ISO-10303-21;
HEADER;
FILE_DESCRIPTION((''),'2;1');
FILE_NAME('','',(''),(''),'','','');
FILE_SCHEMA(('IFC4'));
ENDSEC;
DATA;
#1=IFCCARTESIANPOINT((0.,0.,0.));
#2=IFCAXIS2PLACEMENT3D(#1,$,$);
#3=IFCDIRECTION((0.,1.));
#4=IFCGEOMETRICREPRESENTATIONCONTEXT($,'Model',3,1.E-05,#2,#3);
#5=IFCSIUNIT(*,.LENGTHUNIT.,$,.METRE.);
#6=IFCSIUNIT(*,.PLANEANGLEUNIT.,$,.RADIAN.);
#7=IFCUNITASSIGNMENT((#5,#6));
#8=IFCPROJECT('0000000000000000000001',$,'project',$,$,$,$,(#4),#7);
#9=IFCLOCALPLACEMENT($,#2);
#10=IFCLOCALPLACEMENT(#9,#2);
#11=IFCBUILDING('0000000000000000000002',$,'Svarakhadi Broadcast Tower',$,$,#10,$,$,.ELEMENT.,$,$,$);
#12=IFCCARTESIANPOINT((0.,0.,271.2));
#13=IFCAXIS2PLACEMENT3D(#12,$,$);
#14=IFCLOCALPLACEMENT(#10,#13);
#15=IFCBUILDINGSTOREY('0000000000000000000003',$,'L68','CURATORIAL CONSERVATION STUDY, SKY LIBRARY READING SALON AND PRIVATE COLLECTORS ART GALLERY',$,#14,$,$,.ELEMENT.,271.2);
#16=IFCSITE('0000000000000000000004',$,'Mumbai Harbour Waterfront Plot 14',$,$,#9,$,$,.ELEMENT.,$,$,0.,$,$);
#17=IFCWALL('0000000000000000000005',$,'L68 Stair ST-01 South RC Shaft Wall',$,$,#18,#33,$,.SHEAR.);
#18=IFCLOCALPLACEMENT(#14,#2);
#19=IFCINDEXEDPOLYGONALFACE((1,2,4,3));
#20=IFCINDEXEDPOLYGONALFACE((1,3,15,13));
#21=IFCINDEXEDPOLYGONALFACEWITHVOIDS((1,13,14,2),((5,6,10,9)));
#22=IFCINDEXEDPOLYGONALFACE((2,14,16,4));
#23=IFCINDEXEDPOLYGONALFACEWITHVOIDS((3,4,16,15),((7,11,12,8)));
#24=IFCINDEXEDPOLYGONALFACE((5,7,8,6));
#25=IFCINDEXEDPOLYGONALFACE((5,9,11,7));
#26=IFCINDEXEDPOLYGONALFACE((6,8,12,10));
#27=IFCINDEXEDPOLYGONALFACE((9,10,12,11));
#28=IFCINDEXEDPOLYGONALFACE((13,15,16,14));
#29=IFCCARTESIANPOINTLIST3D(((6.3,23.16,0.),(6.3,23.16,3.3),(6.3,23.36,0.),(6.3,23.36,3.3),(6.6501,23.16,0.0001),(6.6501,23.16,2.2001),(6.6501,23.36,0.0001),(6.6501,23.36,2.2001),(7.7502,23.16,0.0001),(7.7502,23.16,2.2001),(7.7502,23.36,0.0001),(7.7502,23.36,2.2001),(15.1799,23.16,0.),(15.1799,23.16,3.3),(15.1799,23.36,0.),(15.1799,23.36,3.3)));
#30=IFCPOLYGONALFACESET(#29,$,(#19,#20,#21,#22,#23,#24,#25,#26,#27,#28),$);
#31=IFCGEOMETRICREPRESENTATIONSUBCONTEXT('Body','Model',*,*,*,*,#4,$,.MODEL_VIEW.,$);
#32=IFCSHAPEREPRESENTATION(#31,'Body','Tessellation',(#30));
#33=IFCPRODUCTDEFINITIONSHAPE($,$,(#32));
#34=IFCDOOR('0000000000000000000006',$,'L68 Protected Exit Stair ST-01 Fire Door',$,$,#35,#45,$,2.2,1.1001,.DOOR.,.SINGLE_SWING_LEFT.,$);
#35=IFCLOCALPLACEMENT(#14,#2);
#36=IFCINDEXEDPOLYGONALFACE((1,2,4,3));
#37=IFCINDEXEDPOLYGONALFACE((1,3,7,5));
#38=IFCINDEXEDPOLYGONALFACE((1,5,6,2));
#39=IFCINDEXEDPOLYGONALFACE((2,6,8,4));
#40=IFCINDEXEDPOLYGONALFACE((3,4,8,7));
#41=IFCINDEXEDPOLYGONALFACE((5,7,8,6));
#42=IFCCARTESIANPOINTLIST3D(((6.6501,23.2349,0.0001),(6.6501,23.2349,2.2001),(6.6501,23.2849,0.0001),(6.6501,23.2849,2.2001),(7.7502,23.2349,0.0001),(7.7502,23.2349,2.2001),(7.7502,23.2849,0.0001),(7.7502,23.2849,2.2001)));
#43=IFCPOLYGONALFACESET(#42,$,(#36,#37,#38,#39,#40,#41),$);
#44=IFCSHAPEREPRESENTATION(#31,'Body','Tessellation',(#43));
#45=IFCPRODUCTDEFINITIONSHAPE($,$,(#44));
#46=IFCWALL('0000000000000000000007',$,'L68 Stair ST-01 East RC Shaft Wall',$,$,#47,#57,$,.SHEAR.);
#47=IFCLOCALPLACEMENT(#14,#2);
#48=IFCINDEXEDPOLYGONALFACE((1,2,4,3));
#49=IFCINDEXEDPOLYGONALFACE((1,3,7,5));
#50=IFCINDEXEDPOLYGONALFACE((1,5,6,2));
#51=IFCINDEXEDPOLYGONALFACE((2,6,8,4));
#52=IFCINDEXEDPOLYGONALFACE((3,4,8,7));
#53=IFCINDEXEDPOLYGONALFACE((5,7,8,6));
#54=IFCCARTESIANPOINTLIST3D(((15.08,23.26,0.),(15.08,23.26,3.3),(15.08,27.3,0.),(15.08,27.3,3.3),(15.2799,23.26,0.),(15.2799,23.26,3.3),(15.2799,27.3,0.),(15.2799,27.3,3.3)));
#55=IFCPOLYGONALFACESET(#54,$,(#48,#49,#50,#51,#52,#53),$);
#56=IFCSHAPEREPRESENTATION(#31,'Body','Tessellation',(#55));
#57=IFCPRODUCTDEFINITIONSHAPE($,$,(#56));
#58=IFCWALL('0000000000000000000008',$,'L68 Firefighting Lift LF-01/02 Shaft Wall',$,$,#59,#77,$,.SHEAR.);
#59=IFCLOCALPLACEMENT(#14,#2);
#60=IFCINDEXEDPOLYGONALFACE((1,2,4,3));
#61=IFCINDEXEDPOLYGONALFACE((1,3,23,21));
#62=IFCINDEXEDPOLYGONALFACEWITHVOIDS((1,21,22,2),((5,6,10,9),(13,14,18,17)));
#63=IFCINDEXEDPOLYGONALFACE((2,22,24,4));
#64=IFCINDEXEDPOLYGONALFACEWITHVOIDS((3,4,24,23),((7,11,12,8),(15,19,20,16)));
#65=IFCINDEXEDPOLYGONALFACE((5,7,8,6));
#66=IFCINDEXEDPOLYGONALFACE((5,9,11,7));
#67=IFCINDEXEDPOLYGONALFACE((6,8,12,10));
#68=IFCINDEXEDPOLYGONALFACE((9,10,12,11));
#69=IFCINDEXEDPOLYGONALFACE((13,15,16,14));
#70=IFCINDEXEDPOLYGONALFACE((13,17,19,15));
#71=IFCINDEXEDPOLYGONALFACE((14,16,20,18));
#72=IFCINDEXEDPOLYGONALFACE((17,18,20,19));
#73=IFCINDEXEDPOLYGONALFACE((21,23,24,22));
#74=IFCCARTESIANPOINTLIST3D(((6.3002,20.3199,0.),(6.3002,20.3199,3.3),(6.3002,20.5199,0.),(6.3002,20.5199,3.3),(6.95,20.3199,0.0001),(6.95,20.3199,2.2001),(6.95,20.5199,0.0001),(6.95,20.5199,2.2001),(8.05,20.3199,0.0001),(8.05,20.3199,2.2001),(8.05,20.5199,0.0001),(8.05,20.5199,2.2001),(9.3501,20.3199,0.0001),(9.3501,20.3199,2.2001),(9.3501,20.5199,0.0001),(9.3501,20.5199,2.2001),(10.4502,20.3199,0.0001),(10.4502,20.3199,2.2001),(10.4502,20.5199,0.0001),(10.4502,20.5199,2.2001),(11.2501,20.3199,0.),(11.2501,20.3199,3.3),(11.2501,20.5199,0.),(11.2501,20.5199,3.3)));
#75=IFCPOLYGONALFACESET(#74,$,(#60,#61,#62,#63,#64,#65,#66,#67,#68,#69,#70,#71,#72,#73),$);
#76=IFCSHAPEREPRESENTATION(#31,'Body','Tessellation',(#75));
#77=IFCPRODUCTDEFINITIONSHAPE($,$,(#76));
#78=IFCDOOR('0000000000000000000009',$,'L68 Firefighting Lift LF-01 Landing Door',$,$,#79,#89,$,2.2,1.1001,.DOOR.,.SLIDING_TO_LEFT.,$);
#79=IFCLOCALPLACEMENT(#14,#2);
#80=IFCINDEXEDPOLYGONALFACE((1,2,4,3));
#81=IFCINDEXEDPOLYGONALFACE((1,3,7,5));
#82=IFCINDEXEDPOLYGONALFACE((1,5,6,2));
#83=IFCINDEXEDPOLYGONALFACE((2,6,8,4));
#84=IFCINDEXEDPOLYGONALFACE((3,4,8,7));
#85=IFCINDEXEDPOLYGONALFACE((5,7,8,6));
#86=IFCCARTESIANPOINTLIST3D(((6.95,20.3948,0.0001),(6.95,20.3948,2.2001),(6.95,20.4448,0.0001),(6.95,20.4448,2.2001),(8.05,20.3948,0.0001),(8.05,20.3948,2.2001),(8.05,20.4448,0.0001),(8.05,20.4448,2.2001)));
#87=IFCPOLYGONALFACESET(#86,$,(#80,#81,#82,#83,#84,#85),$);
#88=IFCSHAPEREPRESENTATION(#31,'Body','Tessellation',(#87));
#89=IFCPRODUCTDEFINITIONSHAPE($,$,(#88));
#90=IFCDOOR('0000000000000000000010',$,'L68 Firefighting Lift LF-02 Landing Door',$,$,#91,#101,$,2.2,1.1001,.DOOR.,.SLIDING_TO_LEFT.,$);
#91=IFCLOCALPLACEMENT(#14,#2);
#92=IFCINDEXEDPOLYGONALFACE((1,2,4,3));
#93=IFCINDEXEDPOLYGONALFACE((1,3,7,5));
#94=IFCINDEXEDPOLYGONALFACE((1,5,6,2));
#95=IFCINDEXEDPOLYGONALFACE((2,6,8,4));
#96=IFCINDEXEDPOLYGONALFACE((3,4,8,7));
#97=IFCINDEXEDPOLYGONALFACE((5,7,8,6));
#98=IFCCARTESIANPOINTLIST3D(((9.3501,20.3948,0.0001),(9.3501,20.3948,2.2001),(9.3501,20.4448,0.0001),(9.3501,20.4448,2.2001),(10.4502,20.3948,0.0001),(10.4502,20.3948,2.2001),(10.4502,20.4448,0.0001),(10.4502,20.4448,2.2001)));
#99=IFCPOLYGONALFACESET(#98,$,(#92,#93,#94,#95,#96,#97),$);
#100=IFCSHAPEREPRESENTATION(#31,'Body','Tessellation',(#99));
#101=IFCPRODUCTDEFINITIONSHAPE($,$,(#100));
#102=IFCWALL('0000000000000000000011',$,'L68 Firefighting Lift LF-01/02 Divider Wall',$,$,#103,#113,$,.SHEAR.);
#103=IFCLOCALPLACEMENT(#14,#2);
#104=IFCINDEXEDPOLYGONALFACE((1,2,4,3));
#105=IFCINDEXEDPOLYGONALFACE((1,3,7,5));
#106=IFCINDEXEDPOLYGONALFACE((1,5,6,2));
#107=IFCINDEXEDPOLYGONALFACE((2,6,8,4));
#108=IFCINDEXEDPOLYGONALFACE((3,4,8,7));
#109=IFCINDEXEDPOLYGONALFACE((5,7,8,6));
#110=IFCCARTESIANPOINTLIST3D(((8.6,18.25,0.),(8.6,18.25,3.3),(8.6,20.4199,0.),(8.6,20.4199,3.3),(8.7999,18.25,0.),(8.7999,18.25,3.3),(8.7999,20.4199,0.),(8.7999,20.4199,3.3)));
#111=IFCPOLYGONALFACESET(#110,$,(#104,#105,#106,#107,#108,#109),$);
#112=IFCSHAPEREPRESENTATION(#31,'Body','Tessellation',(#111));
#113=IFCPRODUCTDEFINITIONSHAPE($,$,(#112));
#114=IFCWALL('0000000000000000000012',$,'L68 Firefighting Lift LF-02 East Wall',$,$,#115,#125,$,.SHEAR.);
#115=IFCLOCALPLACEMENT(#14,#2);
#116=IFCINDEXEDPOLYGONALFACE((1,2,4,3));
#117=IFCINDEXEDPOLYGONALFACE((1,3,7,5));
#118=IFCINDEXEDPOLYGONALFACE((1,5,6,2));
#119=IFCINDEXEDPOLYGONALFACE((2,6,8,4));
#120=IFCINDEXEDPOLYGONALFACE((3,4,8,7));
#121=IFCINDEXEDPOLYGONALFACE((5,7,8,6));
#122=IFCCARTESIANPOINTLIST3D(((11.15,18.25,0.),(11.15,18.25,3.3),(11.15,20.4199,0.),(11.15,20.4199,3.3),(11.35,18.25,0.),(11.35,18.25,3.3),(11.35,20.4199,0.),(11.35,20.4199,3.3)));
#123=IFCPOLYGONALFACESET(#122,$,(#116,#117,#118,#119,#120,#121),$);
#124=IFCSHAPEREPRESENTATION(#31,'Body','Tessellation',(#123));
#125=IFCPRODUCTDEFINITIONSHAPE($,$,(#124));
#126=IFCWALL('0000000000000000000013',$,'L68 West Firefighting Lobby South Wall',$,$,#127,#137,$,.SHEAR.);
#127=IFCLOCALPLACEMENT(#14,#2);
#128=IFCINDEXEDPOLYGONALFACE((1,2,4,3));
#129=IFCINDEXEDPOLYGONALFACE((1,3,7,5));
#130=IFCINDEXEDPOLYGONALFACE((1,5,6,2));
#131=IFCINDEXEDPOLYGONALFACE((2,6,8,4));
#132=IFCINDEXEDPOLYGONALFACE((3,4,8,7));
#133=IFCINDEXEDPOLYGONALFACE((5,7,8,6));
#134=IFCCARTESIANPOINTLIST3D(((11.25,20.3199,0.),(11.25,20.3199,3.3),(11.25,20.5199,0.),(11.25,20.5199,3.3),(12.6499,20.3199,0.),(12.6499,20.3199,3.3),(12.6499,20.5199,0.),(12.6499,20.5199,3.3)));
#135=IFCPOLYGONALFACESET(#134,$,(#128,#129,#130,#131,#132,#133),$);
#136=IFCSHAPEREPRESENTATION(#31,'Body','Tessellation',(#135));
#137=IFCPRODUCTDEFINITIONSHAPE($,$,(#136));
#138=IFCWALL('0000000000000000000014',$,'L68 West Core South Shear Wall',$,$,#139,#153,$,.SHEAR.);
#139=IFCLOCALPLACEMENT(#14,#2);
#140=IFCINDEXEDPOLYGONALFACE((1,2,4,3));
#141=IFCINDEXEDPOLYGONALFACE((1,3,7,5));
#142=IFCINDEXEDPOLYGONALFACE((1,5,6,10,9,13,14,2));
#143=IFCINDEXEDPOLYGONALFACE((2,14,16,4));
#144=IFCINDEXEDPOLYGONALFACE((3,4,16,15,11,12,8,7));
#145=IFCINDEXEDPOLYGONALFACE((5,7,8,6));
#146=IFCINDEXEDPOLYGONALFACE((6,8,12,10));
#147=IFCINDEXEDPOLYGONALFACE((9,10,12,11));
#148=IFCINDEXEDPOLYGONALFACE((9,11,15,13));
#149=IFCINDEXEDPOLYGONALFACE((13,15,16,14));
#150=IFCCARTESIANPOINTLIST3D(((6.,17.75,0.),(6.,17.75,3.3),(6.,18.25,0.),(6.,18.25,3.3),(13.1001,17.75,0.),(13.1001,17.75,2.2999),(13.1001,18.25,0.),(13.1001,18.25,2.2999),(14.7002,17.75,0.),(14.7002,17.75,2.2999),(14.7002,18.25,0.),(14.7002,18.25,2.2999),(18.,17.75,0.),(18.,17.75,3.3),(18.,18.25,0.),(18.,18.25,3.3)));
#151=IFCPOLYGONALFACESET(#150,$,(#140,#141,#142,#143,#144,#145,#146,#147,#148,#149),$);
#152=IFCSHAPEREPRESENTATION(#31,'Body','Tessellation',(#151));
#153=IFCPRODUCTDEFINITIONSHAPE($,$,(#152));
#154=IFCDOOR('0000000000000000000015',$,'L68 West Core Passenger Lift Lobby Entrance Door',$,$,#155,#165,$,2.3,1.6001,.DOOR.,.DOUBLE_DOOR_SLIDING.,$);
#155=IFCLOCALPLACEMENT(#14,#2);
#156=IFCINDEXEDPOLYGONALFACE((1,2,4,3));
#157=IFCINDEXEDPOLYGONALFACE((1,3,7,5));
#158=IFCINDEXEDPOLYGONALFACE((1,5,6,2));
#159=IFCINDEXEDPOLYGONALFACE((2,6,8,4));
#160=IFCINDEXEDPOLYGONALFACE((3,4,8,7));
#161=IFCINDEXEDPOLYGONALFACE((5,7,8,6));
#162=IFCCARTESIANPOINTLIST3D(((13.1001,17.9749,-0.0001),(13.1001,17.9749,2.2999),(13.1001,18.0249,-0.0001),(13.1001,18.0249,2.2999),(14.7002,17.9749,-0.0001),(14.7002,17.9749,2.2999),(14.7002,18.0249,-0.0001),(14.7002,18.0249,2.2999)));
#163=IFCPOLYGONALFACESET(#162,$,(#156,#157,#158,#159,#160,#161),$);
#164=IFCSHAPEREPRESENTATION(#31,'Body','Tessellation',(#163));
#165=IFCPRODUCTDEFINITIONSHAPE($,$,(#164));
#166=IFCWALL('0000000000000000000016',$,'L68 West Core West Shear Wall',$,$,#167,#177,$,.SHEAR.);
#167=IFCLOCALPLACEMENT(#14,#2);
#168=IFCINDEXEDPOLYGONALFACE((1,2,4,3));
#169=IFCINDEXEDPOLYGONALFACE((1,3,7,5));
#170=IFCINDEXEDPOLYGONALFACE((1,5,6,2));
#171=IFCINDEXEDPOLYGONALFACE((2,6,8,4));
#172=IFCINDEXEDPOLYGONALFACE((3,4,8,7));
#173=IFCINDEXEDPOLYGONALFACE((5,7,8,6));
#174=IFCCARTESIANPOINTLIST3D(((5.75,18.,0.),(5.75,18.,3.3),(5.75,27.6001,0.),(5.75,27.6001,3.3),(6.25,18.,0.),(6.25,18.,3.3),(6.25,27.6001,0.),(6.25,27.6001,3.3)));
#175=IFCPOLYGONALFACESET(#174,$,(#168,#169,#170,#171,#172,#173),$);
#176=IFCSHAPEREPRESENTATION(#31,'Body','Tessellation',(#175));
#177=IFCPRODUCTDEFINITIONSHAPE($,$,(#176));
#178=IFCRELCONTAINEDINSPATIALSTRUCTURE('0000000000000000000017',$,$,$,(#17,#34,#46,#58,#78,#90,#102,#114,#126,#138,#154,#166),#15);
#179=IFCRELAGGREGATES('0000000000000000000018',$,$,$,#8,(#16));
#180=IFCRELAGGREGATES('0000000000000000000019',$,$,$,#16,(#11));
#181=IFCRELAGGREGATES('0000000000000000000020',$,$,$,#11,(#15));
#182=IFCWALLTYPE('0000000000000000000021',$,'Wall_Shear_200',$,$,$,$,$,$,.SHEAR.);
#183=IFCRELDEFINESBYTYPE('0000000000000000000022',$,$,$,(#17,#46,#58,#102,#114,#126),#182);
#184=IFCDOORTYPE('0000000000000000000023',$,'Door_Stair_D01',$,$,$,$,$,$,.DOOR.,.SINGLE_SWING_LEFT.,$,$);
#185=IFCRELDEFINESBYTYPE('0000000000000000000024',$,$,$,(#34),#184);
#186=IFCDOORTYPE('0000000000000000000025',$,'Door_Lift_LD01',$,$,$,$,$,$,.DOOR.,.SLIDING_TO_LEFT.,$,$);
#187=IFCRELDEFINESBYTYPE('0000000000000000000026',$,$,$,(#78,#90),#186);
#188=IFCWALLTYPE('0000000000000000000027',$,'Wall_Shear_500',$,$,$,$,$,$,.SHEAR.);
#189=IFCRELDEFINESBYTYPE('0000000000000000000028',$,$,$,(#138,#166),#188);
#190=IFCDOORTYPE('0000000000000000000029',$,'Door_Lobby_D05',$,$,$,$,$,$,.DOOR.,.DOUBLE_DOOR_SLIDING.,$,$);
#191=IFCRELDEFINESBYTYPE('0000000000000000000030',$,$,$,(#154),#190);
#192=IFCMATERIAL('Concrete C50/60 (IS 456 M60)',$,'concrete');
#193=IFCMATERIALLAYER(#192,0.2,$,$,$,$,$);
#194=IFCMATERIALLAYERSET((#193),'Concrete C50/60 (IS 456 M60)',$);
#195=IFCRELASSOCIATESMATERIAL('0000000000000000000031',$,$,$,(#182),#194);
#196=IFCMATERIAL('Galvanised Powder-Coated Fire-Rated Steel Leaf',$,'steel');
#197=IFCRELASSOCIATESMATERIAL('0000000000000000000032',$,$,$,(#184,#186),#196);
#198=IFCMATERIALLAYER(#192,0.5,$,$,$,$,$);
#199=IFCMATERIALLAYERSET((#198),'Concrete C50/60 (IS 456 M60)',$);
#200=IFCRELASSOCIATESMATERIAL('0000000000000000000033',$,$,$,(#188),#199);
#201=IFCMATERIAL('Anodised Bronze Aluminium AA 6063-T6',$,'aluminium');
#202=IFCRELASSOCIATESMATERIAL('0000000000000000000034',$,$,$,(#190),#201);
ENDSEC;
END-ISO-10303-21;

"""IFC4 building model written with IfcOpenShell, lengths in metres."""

from ifc_helpers import new_model, si_unit, direction, frame, frame_2d, origin, place, context, subcontext, project, spatial, rectangle, extrude, material, layer, layer_set, type_object, element, fill, save


model = new_model("IFC4")

# Units and contexts
model_context = context("Model", 3, precision=1e-05, world=origin(), true_north=direction((0.0, 1.0)))
body_context = subcontext(model_context, "Body", "Model", "MODEL_VIEW")
ifc_project = project(units=[si_unit("LENGTHUNIT", "METRE"), si_unit("PLANEANGLEUNIT", "RADIAN")], contexts=[model_context])

# Site, building, storey
site_placement = place(None, origin())
site = spatial("IfcSite", under=ifc_project, at=site_placement, Name="Mumbai Harbour Waterfront Plot 14", CompositionType="ELEMENT", RefElevation=0.0)
building_placement = place(site_placement, origin())
building = spatial("IfcBuilding", under=site, at=building_placement, Name="Svarakhadi Broadcast Tower", CompositionType="ELEMENT")
storey_placement = place(building_placement, frame((0.0, 0.0, 271.2)))
storey = spatial("IfcBuildingStorey", under=building, at=storey_placement, Name="L68", Description="CURATORIAL CONSERVATION STUDY, SKY LIBRARY READING SALON AND PRIVATE COLLECTORS ART GALLERY", CompositionType="ELEMENT", Elevation=271.2)

# Shared definitions
ifc_material_1 = material(Name="Concrete C50/60 (IS 456 M60)", Category="concrete")

# Wall, opening, door
ifc_layer_1 = layer(ifc_material_1, 0.2)
ifc_layer_set_1 = layer_set([ifc_layer_1], Name="Concrete C50/60 (IS 456 M60)")
wall_type_1 = type_object("IfcWallType", Name="Wall_Shear_200", PredefinedType="SHEAR", material=ifc_layer_set_1)
wall_1_placement = place(storey_placement, frame((6.3, 23.26, 0.0), z_axis=(0.0, 0.0, 1.0), x_axis=(1.0, 0.0, 0.0)))
wall_1 = element("IfcWall", 1, at=wall_1_placement, inside=storey, type_object=wall_type_1, Name="L68 Stair ST-01 South RC Shaft Wall", PredefinedType="SHEAR", context=body_context, shape_type="SweptSolid", body=[
    extrude(rectangle(XDim=8.8799, YDim=0.2, at=frame_2d((4.4399, 0.0))), origin(), (0.0, 0.0, 1.0), 3.3),
])
opening_1_placement = place(wall_1_placement, frame((0.3501, 0.0, 0.0)))
opening_1 = element("IfcOpeningElement", 2, at=opening_1_placement, cuts=wall_1, PredefinedType="OPENING", context=body_context, shape_type="SweptSolid", body=[
    extrude(rectangle(XDim=1.1001, YDim=2.2, at=frame_2d((0.55, 1.1001))), frame((0.0, 0.1099, 0.0), z_axis=(0.0, -1.0, 0.0), x_axis=(1.0, 0.0, 0.0)), (0.0, 0.0, 1.0), 0.22),
])
ifc_material_2 = material(Name="Galvanised Powder-Coated Fire-Rated Steel Leaf", Category="steel")
door_type_1 = type_object("IfcDoorType", Name="Door_Stair_D01", OperationType="SINGLE_SWING_LEFT", PredefinedType="DOOR", material=ifc_material_2)
door_1_placement = place(opening_1_placement, origin())
door_1 = element("IfcDoor", 3, at=door_1_placement, inside=storey, type_object=door_type_1, Name="L68 Protected Exit Stair ST-01 Fire Door", OperationType="SINGLE_SWING_LEFT", OverallHeight=2.2, OverallWidth=1.1001, PredefinedType="DOOR", context=body_context, shape_type="SweptSolid", body=[
    extrude(rectangle(XDim=1.1001, YDim=2.2, at=frame_2d((0.55, 1.1001))), frame((0.0, 0.0249, 0.0), z_axis=(0.0, -1.0, 0.0), x_axis=(1.0, 0.0, 0.0)), (0.0, 0.0, 1.0), 0.05),
])
fill(opening_1, door_1)

# Wall
wall_2_placement = place(storey_placement, frame((15.1799, 23.26, 0.0), z_axis=(0.0, 0.0, 1.0), x_axis=(0.0, 1.0, 0.0)))
element("IfcWall", 4, at=wall_2_placement, inside=storey, type_object=wall_type_1, Name="L68 Stair ST-01 East RC Shaft Wall", PredefinedType="SHEAR", context=body_context, shape_type="SweptSolid", body=[
    extrude(rectangle(XDim=4.04, YDim=0.2, at=frame_2d((2.02, 0.0))), origin(), (0.0, 0.0, 1.0), 3.3),
])

# Wall, openings, doors
wall_3_placement = place(storey_placement, frame((6.3, 20.4199, 0.0), z_axis=(0.0, 0.0, 1.0), x_axis=(1.0, 0.0, 0.0)))
wall_3 = element("IfcWall", 5, at=wall_3_placement, inside=storey, type_object=wall_type_1, Name="L68 Firefighting Lift LF-01/02 Shaft Wall", PredefinedType="SHEAR", context=body_context, shape_type="SweptSolid", body=[
    extrude(rectangle(XDim=4.95, YDim=0.2, at=frame_2d((2.4751, 0.0))), origin(), (0.0, 0.0, 1.0), 3.3),
])
opening_2_placement = place(wall_3_placement, frame((0.6499, 0.0, 0.0)))
opening_2 = element("IfcOpeningElement", 6, at=opening_2_placement, cuts=wall_3, PredefinedType="OPENING", context=body_context, shape_type="SweptSolid", body=[
    extrude(rectangle(XDim=1.1001, YDim=2.2, at=frame_2d((0.55, 1.1001))), frame((0.0, 0.1099, 0.0), z_axis=(0.0, -1.0, 0.0), x_axis=(1.0, 0.0, 0.0)), (0.0, 0.0, 1.0), 0.22),
])
opening_3_placement = place(wall_3_placement, frame((3.05, 0.0, 0.0)))
opening_3 = element("IfcOpeningElement", 7, at=opening_3_placement, cuts=wall_3, PredefinedType="OPENING", context=body_context, shape_type="SweptSolid", body=[
    extrude(rectangle(XDim=1.1001, YDim=2.2, at=frame_2d((0.55, 1.1001))), frame((0.0, 0.1099, 0.0), z_axis=(0.0, -1.0, 0.0), x_axis=(1.0, 0.0, 0.0)), (0.0, 0.0, 1.0), 0.22),
])
door_type_2 = type_object("IfcDoorType", Name="Door_Lift_LD01", OperationType="SLIDING_TO_LEFT", PredefinedType="DOOR", material=ifc_material_2)
door_2_placement = place(opening_2_placement, origin())
door_2 = element("IfcDoor", 8, at=door_2_placement, inside=storey, type_object=door_type_2, Name="L68 Firefighting Lift LF-01 Landing Door", OperationType="SLIDING_TO_LEFT", OverallHeight=2.2, OverallWidth=1.1001, PredefinedType="DOOR", context=body_context, shape_type="SweptSolid", body=[
    extrude(rectangle(XDim=1.1001, YDim=2.2, at=frame_2d((0.55, 1.1001))), frame((0.0, 0.0249, 0.0), z_axis=(0.0, -1.0, 0.0), x_axis=(1.0, 0.0, 0.0)), (0.0, 0.0, 1.0), 0.05),
])
fill(opening_2, door_2)
door_3_placement = place(opening_3_placement, origin())
door_3 = element("IfcDoor", 9, at=door_3_placement, inside=storey, type_object=door_type_2, Name="L68 Firefighting Lift LF-02 Landing Door", OperationType="SLIDING_TO_LEFT", OverallHeight=2.2, OverallWidth=1.1001, PredefinedType="DOOR", context=body_context, shape_type="SweptSolid", body=[
    extrude(rectangle(XDim=1.1001, YDim=2.2, at=frame_2d((0.55, 1.1001))), frame((0.0, 0.0249, 0.0), z_axis=(0.0, -1.0, 0.0), x_axis=(1.0, 0.0, 0.0)), (0.0, 0.0, 1.0), 0.05),
])
fill(opening_3, door_3)

# Walls
for number, where, z_axis, x_axis, name in (
    (10, (8.7, 18.25, 0.0), (0.0, 0.0, 1.0), (0.0, 1.0, 0.0), "L68 Firefighting Lift LF-01/02 Divider Wall"),
    (11, (11.25, 18.25, 0.0), (0.0, 0.0, 1.0), (0.0, 1.0, 0.0), "L68 Firefighting Lift LF-02 East Wall"),
):
    element("IfcWall", number, at=place(storey_placement, frame(where, z_axis=z_axis, x_axis=x_axis)), inside=storey, type_object=wall_type_1, Name=name, PredefinedType="SHEAR", context=body_context, shape_type="SweptSolid", body=[
        extrude(rectangle(XDim=2.1699, YDim=0.2, at=frame_2d((1.085, 0.0))), origin(), (0.0, 0.0, 1.0), 3.3),
    ])
wall_4_placement = place(storey_placement, frame((11.25, 20.4199, 0.0), z_axis=(0.0, 0.0, 1.0), x_axis=(1.0, 0.0, 0.0)))
element("IfcWall", 12, at=wall_4_placement, inside=storey, type_object=wall_type_1, Name="L68 West Firefighting Lobby South Wall", PredefinedType="SHEAR", context=body_context, shape_type="SweptSolid", body=[
    extrude(rectangle(XDim=1.3999, YDim=0.2, at=frame_2d((0.7, 0.0))), origin(), (0.0, 0.0, 1.0), 3.3),
])

# Wall, opening, door
ifc_layer_2 = layer(ifc_material_1, 0.5)
ifc_layer_set_2 = layer_set([ifc_layer_2], Name="Concrete C50/60 (IS 456 M60)")
wall_type_2 = type_object("IfcWallType", Name="Wall_Shear_500", PredefinedType="SHEAR", material=ifc_layer_set_2)
wall_5_placement = place(storey_placement, frame((6.0, 18.0, 0.0), z_axis=(0.0, 0.0, 1.0), x_axis=(1.0, 0.0, 0.0)))
wall_5 = element("IfcWall", 13, at=wall_5_placement, inside=storey, type_object=wall_type_2, Name="L68 West Core South Shear Wall", PredefinedType="SHEAR", context=body_context, shape_type="SweptSolid", body=[
    extrude(rectangle(XDim=12.0, YDim=0.5, at=frame_2d((6.0, 0.0))), origin(), (0.0, 0.0, 1.0), 3.3),
])
opening_4_placement = place(wall_5_placement, frame((7.1001, 0.0, 0.0)))
opening_4 = element("IfcOpeningElement", 14, at=opening_4_placement, cuts=wall_5, PredefinedType="OPENING", context=body_context, shape_type="SweptSolid", body=[
    extrude(rectangle(XDim=1.6001, YDim=2.3, at=frame_2d((0.8, 1.1499))), frame((0.0, 0.26, 0.0), z_axis=(0.0, -1.0, 0.0), x_axis=(1.0, 0.0, 0.0)), (0.0, 0.0, 1.0), 0.52),
])
ifc_material_3 = material(Name="Anodised Bronze Aluminium AA 6063-T6", Category="aluminium")
door_type_3 = type_object("IfcDoorType", Name="Door_Lobby_D05", OperationType="DOUBLE_DOOR_SLIDING", PredefinedType="DOOR", material=ifc_material_3)
door_4_placement = place(opening_4_placement, origin())
door_4 = element("IfcDoor", 15, at=door_4_placement, inside=storey, type_object=door_type_3, Name="L68 West Core Passenger Lift Lobby Entrance Door", OperationType="DOUBLE_DOOR_SLIDING", OverallHeight=2.3, OverallWidth=1.6001, PredefinedType="DOOR", context=body_context, shape_type="SweptSolid", body=[
    extrude(rectangle(XDim=1.6001, YDim=2.3, at=frame_2d((0.8, 1.1499))), frame((0.0, 0.0249, 0.0), z_axis=(0.0, -1.0, 0.0), x_axis=(1.0, 0.0, 0.0)), (0.0, 0.0, 1.0), 0.05),
])
fill(opening_4, door_4)

# Wall
wall_6_placement = place(storey_placement, frame((6.0, 18.0, 0.0), z_axis=(0.0, 0.0, 1.0), x_axis=(0.0, 1.0, 0.0)))
element("IfcWall", 16, at=wall_6_placement, inside=storey, type_object=wall_type_2, Name="L68 West Core West Shear Wall", PredefinedType="SHEAR", context=body_context, shape_type="SweptSolid", body=[
    extrude(rectangle(XDim=9.6001, YDim=0.5, at=frame_2d((4.8, 0.0))), origin(), (0.0, 0.0, 1.0), 3.3),
])

save(model, "model.ifc")
